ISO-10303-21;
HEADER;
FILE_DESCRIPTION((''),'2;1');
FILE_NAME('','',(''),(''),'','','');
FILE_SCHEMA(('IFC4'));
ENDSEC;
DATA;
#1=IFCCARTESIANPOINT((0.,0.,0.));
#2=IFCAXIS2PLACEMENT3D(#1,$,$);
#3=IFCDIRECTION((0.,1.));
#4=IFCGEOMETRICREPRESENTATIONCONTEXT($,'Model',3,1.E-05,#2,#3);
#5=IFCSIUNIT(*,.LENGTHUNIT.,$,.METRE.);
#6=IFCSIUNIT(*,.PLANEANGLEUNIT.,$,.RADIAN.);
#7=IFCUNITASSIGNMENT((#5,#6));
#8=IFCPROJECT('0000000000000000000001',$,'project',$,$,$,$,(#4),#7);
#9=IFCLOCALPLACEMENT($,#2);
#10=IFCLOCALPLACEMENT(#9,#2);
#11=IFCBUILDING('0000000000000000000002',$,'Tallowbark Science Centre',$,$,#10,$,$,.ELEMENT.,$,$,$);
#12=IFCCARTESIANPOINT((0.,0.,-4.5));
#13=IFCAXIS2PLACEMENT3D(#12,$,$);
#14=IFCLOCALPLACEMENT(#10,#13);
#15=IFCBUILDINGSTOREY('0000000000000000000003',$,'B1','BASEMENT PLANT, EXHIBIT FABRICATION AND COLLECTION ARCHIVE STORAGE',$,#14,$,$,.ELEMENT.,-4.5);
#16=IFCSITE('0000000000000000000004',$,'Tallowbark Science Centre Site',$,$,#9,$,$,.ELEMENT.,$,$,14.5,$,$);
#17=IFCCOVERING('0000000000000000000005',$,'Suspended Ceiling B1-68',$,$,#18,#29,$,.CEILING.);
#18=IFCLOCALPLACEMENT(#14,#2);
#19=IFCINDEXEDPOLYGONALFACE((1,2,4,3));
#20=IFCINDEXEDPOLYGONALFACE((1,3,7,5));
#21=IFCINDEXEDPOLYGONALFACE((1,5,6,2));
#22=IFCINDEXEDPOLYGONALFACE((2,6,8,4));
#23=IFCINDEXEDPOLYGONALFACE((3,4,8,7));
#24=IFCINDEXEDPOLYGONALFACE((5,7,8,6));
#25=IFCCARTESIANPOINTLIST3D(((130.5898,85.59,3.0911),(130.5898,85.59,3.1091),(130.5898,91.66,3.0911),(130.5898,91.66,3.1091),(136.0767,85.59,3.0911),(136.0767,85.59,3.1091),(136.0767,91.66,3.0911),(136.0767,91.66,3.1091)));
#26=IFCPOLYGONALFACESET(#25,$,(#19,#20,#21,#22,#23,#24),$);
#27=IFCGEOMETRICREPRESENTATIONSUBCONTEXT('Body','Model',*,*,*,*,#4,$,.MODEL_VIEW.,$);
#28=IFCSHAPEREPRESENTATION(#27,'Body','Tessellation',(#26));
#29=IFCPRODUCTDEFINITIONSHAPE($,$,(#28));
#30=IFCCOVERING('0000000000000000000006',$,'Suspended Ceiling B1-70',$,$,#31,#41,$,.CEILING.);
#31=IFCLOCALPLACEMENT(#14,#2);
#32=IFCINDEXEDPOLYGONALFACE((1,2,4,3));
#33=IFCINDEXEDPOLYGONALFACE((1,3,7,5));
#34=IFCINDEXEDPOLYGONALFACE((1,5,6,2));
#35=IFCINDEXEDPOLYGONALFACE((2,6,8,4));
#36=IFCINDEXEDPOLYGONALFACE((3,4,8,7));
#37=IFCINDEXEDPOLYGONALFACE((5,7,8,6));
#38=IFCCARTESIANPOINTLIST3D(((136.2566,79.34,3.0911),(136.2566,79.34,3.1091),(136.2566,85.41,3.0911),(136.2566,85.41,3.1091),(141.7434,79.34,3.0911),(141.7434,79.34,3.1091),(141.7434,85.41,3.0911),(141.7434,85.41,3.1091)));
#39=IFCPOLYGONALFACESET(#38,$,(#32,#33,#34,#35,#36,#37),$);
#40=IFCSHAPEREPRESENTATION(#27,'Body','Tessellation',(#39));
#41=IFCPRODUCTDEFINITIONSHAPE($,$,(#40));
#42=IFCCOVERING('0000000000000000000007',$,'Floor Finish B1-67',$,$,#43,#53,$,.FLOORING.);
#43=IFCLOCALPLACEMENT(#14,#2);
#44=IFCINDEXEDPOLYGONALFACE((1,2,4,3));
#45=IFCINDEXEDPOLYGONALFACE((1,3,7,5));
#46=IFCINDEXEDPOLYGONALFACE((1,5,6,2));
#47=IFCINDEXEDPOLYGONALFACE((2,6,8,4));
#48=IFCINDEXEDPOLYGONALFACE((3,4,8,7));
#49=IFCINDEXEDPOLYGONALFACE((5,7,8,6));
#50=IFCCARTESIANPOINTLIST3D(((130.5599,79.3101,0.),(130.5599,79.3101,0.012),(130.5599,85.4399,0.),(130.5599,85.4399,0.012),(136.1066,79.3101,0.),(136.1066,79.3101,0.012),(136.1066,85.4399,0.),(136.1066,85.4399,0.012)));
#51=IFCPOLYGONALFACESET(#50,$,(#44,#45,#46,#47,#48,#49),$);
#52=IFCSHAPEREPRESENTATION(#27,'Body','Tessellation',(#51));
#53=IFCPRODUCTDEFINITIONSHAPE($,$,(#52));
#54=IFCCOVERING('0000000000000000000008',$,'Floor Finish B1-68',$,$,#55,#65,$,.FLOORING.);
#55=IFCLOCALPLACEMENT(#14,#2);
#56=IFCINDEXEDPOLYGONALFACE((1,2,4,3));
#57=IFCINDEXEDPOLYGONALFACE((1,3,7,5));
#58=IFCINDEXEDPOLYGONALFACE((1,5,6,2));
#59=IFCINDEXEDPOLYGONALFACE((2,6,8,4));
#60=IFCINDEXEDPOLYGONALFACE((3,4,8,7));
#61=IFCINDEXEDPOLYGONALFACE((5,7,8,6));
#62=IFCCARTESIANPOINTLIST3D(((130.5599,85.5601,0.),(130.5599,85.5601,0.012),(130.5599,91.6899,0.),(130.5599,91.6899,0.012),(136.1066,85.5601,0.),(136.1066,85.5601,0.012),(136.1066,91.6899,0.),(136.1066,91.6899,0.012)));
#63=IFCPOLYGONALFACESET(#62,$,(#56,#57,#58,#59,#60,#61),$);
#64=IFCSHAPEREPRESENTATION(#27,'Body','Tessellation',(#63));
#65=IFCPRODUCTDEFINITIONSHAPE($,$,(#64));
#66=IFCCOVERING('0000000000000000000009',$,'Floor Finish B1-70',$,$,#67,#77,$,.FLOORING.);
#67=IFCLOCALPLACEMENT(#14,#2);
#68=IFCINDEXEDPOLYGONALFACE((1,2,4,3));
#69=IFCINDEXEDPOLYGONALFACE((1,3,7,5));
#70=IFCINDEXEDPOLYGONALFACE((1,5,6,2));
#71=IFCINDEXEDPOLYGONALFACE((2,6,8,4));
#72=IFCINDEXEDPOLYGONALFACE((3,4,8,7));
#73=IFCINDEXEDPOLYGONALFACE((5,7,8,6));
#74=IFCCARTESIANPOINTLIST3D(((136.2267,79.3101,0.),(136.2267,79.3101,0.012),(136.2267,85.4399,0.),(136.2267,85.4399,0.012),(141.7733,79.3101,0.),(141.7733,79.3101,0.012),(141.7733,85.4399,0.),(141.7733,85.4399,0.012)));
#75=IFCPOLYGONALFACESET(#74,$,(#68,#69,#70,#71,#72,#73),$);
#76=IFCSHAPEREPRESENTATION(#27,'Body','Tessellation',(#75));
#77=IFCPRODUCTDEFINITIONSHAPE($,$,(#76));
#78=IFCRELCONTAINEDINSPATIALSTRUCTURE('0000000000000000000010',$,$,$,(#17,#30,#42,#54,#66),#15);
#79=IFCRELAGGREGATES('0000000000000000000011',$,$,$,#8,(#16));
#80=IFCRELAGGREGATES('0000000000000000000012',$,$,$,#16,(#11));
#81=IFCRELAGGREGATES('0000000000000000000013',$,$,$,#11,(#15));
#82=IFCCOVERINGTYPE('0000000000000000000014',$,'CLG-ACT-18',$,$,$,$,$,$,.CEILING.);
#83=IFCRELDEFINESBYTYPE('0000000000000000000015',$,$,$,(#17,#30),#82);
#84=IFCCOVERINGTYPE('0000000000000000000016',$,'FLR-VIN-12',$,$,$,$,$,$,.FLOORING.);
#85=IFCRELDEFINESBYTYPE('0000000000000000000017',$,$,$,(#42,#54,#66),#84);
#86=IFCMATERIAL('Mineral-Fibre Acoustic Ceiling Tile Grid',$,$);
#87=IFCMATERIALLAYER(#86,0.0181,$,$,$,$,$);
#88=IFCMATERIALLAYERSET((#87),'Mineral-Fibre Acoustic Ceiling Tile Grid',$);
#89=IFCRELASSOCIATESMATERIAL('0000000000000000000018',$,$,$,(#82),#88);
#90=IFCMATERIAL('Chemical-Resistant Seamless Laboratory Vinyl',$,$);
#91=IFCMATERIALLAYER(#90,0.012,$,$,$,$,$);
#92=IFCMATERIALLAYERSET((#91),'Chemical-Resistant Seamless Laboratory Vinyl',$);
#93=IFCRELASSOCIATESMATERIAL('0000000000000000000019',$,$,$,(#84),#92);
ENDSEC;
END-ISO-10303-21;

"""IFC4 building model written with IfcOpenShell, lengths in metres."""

from ifc_helpers import new_model, si_unit, direction, frame, origin, origin_2d, place, context, subcontext, project, spatial, rectangle, extrude, material, layer, layer_set, type_object, element, save


model = new_model("IFC4")

# Units and contexts
model_context = context("Model", 3, precision=1e-05, world=origin(), true_north=direction((0.0, 1.0)))
body_context = subcontext(model_context, "Body", "Model", "MODEL_VIEW")
ifc_project = project(units=[si_unit("LENGTHUNIT", "METRE"), si_unit("PLANEANGLEUNIT", "RADIAN")], contexts=[model_context])

# Site, building, storey
site_placement = place(None, origin())
site = spatial("IfcSite", under=ifc_project, at=site_placement, Name="Tallowbark Science Centre Site", CompositionType="ELEMENT", RefElevation=14.5)
building_placement = place(site_placement, origin())
building = spatial("IfcBuilding", under=site, at=building_placement, Name="Tallowbark Science Centre", CompositionType="ELEMENT")
storey_placement = place(building_placement, frame((0.0, 0.0, -4.5)))
storey = spatial("IfcBuildingStorey", under=building, at=storey_placement, Name="B1", Description="BASEMENT PLANT, EXHIBIT FABRICATION AND COLLECTION ARCHIVE STORAGE", CompositionType="ELEMENT", Elevation=-4.5)

# Coverings
ifc_material_1 = material(Name="Mineral-Fibre Acoustic Ceiling Tile Grid")
ifc_layer_1 = layer(ifc_material_1, 0.0181)
ifc_layer_set_1 = layer_set([ifc_layer_1], Name="Mineral-Fibre Acoustic Ceiling Tile Grid")
covering_type_1 = type_object("IfcCoveringType", Name="CLG-ACT-18", PredefinedType="CEILING", material=ifc_layer_set_1)
for number, where, z_axis, x_axis, name in (
    (1, (133.3333, 88.625, 3.0911), (0.0, 0.0, 1.0), (1.0, 0.0, 0.0), "Suspended Ceiling B1-68"),
    (2, (139.0, 82.375, 3.0911), (0.0, 0.0, 1.0), (1.0, 0.0, 0.0), "Suspended Ceiling B1-70"),
):
    element("IfcCovering", number, at=place(storey_placement, frame(where, z_axis=z_axis, x_axis=x_axis)), inside=storey, type_object=covering_type_1, Name=name, PredefinedType="CEILING", context=body_context, shape_type="SweptSolid", body=[
        extrude(rectangle(XDim=5.4868, YDim=6.0701, at=origin_2d()), origin(), (0.0, 0.0, 1.0), 0.0181),
    ])
ifc_material_2 = material(Name="Chemical-Resistant Seamless Laboratory Vinyl")
ifc_layer_2 = layer(ifc_material_2, 0.012)
ifc_layer_set_2 = layer_set([ifc_layer_2], Name="Chemical-Resistant Seamless Laboratory Vinyl")
covering_type_2 = type_object("IfcCoveringType", Name="FLR-VIN-12", PredefinedType="FLOORING", material=ifc_layer_set_2)
for number, where, z_axis, x_axis, name in (
    (3, (133.3333, 82.375, 0.0), (0.0, 0.0, 1.0), (1.0, 0.0, 0.0), "Floor Finish B1-67"),
    (4, (133.3333, 88.625, 0.0), (0.0, 0.0, 1.0), (1.0, 0.0, 0.0), "Floor Finish B1-68"),
    (5, (139.0, 82.375, 0.0), (0.0, 0.0, 1.0), (1.0, 0.0, 0.0), "Floor Finish B1-70"),
):
    element("IfcCovering", number, at=place(storey_placement, frame(where, z_axis=z_axis, x_axis=x_axis)), inside=storey, type_object=covering_type_2, Name=name, PredefinedType="FLOORING", context=body_context, shape_type="SweptSolid", body=[
        extrude(rectangle(XDim=5.5466, YDim=6.1299, at=origin_2d()), origin(), (0.0, 0.0, 1.0), 0.012),
    ])

save(model, "model.ifc")
